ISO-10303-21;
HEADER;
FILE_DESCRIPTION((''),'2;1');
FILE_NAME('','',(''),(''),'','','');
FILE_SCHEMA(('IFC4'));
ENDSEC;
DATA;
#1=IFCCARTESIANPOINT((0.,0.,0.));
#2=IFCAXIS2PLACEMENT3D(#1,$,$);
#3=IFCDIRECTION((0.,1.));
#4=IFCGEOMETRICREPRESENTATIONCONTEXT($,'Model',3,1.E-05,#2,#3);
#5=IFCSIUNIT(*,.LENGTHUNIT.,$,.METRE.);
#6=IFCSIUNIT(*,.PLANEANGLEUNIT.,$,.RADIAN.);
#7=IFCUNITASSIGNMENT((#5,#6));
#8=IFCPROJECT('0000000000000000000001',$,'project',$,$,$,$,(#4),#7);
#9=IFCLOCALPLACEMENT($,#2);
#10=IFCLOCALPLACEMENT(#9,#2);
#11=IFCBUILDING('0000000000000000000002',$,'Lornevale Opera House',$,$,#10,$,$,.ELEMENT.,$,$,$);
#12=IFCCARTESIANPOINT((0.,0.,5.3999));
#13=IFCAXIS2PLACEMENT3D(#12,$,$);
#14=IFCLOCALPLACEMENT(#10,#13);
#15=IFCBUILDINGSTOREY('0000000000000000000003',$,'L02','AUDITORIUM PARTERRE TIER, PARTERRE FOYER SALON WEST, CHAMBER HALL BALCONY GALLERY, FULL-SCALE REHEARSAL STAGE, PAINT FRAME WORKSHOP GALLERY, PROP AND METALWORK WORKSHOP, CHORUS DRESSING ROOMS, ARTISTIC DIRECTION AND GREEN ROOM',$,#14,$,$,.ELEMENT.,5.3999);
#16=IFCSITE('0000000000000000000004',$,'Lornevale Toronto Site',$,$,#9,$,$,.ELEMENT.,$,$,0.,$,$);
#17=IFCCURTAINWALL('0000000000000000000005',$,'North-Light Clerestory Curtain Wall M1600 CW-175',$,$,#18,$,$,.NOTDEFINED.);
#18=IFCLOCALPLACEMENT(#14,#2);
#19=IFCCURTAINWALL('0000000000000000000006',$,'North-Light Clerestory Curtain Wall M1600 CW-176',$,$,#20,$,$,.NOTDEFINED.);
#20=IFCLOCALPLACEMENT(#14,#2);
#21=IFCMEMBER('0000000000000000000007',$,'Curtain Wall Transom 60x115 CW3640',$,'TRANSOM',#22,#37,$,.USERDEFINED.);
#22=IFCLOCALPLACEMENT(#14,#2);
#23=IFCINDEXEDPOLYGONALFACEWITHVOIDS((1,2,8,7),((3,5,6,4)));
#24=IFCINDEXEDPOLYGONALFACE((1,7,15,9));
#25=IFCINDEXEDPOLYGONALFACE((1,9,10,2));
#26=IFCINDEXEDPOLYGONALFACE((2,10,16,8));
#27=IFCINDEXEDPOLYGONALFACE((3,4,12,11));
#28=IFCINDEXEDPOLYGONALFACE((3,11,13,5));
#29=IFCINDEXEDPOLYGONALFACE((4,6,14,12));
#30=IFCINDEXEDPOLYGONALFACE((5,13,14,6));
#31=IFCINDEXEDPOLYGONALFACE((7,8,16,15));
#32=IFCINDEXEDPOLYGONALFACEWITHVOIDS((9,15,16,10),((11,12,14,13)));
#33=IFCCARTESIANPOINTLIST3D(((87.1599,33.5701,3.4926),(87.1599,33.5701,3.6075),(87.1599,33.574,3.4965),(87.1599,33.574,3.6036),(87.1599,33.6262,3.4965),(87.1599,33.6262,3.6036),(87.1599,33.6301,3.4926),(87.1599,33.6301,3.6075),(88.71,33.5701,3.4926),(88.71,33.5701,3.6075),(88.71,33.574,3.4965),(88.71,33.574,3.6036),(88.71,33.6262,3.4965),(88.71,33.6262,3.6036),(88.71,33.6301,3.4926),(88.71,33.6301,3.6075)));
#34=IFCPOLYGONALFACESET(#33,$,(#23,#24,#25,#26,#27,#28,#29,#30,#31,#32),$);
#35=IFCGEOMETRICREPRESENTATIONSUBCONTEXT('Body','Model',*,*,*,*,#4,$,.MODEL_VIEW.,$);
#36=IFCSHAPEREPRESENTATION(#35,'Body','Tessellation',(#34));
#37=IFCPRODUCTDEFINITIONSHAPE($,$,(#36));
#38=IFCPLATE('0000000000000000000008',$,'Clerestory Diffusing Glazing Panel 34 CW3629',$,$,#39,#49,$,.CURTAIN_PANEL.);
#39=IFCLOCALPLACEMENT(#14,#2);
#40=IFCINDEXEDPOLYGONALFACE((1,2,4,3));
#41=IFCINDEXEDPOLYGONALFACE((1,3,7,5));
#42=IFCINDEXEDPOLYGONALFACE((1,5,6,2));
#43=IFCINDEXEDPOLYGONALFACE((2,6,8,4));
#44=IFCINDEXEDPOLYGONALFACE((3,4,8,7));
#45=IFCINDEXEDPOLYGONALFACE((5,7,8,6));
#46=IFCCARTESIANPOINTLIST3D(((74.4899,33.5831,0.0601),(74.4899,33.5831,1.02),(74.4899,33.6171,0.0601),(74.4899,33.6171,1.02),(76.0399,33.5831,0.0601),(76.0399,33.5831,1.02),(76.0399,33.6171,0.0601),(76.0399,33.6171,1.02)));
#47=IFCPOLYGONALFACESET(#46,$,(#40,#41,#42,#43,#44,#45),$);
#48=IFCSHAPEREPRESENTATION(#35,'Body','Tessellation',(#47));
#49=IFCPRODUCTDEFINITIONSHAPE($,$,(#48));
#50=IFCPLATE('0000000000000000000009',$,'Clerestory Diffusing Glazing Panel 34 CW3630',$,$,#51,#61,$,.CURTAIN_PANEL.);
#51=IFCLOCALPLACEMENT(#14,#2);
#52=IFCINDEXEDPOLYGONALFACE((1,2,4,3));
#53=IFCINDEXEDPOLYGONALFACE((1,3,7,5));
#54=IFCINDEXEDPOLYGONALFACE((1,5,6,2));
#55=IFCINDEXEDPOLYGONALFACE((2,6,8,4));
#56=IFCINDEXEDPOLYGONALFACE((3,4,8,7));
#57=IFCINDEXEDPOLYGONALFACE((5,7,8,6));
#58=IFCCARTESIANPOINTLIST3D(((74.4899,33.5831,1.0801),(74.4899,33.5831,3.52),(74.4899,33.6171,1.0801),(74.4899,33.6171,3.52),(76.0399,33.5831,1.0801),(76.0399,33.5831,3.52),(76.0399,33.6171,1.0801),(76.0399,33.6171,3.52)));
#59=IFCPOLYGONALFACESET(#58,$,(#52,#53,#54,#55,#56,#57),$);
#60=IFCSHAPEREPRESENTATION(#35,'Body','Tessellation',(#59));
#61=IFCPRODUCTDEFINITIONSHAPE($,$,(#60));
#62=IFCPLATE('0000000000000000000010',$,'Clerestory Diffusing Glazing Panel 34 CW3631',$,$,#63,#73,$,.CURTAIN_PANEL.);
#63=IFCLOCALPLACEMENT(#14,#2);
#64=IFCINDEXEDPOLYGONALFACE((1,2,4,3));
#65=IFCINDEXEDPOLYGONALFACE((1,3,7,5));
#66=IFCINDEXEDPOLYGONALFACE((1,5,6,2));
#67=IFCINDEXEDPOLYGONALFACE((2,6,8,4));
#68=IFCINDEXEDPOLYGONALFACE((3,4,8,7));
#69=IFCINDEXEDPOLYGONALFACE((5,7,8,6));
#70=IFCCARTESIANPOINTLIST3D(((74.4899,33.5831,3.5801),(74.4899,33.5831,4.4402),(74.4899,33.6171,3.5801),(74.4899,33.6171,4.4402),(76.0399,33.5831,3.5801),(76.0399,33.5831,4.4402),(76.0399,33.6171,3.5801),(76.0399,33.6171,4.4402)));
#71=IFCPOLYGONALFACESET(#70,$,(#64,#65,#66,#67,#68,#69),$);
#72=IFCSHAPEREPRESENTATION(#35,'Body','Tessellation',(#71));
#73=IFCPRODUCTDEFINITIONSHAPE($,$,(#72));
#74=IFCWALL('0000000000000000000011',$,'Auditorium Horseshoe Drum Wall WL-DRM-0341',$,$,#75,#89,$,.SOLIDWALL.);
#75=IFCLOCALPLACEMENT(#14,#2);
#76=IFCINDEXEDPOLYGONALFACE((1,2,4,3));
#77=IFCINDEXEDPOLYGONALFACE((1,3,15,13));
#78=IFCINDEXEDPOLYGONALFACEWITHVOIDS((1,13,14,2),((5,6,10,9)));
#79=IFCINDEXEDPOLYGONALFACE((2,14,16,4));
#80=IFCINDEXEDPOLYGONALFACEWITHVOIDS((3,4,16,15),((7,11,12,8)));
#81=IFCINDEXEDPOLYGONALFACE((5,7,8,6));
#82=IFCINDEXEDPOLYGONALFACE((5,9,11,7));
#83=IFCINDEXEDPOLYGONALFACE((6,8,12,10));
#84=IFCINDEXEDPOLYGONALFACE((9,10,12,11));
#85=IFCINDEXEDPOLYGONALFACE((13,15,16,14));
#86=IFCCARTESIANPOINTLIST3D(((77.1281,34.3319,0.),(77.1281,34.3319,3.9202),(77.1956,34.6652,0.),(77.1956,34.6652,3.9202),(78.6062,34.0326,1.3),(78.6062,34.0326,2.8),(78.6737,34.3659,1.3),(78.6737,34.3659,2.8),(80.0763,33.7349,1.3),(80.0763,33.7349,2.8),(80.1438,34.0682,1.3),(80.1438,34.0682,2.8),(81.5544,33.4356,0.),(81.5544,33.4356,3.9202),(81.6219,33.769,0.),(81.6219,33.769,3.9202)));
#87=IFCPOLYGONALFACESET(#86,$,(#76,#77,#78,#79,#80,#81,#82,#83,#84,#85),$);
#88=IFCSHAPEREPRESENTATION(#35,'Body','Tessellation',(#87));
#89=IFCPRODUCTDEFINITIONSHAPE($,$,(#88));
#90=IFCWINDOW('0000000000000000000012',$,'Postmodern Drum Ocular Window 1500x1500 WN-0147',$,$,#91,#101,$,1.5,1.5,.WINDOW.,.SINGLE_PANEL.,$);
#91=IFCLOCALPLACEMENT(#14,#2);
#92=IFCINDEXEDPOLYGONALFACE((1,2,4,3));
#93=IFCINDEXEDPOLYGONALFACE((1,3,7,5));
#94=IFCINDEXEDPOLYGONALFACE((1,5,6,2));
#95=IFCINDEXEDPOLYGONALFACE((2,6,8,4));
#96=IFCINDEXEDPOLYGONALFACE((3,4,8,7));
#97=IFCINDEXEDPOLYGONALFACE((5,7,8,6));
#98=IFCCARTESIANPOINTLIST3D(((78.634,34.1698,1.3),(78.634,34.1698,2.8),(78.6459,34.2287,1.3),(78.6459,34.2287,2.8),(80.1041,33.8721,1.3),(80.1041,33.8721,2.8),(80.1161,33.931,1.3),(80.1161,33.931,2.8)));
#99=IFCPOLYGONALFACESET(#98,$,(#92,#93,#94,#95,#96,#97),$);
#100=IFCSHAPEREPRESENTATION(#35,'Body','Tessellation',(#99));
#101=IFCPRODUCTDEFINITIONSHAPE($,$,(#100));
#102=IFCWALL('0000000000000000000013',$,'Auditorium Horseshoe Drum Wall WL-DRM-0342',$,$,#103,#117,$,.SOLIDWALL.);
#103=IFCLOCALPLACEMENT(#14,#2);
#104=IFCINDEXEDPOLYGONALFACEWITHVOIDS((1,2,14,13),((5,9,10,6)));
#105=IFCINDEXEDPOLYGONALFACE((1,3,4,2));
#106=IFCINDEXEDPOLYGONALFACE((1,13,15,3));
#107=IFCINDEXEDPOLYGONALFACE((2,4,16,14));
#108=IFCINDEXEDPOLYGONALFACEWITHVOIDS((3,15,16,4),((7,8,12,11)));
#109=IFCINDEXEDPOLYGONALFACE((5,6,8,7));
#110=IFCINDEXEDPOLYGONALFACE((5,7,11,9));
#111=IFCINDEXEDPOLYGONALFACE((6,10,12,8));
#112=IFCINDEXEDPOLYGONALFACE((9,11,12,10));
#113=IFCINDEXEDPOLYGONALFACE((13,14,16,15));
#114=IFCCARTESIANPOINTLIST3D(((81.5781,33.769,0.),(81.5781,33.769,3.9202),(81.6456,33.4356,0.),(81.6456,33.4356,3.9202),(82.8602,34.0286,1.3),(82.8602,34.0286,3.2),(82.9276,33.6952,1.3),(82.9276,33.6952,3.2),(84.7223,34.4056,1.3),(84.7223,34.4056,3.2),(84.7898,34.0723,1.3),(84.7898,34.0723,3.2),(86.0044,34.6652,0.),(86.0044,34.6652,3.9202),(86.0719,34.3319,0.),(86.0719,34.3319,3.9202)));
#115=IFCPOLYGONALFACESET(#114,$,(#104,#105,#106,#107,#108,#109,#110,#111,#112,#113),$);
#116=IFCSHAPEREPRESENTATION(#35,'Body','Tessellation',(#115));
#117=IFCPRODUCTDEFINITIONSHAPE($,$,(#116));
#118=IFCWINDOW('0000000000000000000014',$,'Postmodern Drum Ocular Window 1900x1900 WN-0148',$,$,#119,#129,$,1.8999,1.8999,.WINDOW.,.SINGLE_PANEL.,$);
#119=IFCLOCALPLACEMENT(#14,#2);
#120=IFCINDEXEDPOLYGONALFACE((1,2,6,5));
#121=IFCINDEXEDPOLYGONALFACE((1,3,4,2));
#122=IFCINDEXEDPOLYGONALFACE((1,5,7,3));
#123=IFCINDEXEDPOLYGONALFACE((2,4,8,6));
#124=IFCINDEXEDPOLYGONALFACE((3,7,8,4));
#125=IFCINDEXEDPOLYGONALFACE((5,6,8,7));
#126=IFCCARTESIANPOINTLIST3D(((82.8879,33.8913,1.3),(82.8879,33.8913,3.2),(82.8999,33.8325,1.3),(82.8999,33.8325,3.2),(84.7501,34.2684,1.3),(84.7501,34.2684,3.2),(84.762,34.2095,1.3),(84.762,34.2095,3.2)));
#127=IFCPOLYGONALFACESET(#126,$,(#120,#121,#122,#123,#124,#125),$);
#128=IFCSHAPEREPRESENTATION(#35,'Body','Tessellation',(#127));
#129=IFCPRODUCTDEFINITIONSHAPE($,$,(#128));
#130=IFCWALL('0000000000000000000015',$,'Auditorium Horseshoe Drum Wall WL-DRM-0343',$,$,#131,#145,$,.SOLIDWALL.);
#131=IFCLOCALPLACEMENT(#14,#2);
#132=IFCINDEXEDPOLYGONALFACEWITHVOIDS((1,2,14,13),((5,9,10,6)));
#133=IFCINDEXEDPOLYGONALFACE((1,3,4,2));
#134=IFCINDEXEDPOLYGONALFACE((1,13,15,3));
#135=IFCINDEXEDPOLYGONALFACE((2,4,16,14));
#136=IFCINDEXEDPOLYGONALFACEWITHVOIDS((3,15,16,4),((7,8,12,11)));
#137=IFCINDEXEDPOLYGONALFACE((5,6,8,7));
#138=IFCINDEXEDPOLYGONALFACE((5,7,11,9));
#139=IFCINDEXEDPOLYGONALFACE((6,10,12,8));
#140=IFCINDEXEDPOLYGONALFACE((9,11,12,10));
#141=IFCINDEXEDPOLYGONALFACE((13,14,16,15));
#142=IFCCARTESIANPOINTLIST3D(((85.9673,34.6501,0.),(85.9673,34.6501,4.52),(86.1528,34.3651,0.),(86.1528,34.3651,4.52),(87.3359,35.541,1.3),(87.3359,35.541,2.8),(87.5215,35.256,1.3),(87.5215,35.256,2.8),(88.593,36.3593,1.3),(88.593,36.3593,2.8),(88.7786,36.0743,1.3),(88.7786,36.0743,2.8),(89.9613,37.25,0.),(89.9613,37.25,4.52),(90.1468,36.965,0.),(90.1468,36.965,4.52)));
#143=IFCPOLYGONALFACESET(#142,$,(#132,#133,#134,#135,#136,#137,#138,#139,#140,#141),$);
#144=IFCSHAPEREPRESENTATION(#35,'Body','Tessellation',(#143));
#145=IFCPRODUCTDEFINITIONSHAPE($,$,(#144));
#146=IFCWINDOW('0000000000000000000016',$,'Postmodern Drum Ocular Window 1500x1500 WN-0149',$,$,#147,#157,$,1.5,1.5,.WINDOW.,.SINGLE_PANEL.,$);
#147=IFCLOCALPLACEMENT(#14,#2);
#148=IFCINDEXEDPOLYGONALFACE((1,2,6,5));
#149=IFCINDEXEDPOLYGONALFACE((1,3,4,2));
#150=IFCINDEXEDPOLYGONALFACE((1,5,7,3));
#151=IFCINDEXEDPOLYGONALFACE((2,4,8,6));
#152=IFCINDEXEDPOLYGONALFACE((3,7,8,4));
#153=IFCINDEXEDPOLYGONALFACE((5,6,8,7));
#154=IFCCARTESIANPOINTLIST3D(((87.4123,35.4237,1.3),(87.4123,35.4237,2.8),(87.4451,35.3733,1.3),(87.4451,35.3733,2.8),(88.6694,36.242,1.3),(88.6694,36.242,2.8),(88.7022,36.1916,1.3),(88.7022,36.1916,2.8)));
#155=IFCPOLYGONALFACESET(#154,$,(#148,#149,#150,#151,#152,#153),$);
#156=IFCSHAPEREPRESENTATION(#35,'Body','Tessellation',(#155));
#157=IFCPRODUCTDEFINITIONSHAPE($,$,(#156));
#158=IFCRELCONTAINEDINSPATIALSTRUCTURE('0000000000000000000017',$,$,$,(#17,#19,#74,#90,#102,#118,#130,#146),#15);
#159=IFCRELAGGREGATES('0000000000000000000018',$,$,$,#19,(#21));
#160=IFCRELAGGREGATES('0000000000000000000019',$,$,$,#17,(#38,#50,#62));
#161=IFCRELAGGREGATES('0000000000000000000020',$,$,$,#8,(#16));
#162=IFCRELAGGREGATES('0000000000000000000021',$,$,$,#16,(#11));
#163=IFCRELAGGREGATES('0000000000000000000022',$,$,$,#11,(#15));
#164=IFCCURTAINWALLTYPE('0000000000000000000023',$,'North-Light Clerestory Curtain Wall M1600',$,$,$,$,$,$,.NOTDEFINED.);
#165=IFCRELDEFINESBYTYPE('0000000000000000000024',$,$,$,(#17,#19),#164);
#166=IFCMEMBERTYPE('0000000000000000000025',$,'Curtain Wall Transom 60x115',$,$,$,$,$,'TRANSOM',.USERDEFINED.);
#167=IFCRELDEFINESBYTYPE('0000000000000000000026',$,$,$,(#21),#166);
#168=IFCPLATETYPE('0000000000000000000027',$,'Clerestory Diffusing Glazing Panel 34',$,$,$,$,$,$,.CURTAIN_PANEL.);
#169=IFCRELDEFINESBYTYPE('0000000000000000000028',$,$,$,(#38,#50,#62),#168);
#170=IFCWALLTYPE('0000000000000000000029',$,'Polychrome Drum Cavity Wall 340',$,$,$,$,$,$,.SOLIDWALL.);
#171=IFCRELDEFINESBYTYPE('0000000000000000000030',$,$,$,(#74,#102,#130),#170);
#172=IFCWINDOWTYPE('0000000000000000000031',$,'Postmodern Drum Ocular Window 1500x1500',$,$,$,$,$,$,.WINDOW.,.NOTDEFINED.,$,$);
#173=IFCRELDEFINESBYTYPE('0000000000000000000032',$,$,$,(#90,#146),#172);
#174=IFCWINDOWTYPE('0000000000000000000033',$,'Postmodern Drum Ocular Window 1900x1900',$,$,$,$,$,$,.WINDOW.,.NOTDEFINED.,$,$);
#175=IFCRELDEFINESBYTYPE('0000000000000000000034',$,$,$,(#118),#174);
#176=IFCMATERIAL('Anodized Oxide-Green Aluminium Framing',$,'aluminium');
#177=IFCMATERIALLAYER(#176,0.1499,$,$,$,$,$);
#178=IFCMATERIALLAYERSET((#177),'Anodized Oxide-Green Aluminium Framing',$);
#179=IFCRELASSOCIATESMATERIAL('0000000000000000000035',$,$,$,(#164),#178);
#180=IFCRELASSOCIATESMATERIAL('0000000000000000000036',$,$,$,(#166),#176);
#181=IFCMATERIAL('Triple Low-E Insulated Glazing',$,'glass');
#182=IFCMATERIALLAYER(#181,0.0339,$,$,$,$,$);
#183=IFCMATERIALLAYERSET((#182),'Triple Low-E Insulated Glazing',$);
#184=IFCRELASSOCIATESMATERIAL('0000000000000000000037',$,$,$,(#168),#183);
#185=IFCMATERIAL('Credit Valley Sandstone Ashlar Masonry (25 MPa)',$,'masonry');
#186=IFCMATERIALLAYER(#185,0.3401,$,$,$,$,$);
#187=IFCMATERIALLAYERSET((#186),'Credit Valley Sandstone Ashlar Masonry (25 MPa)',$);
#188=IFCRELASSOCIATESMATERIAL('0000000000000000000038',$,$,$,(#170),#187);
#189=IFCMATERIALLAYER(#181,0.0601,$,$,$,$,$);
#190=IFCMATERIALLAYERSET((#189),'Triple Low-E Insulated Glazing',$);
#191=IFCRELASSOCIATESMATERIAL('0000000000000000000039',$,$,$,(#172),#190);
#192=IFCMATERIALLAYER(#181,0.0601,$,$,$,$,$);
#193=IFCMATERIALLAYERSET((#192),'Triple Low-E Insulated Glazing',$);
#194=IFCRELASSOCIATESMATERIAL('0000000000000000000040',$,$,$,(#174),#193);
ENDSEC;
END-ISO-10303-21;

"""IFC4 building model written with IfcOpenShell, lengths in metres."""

from ifc_helpers import new_model, si_unit, direction, frame, frame_2d, origin, origin_2d, place, context, subcontext, project, spatial, rectangle, hollow_rectangle, extrude, material, layer, layer_set, material_profile, profile_set, type_object, element, fill, aggregate, save


model = new_model("IFC4")

# Units and contexts
model_context = context("Model", 3, precision=1e-05, world=origin(), true_north=direction((0.0, 1.0)))
body_context = subcontext(model_context, "Body", "Model", "MODEL_VIEW")
ifc_project = project(units=[si_unit("LENGTHUNIT", "METRE"), si_unit("PLANEANGLEUNIT", "RADIAN")], contexts=[model_context])

# Site, building, storey
site_placement = place(None, origin())
site = spatial("IfcSite", under=ifc_project, at=site_placement, Name="Lornevale Toronto Site", CompositionType="ELEMENT", RefElevation=0.0)
building_placement = place(site_placement, origin())
building = spatial("IfcBuilding", under=site, at=building_placement, Name="Lornevale Opera House", CompositionType="ELEMENT")
storey_placement = place(building_placement, frame((0.0, 0.0, 5.3999)))
storey = spatial("IfcBuildingStorey", under=building, at=storey_placement, Name="L02", Description="AUDITORIUM PARTERRE TIER, PARTERRE FOYER SALON WEST, CHAMBER HALL BALCONY GALLERY, FULL-SCALE REHEARSAL STAGE, PAINT FRAME WORKSHOP GALLERY, PROP AND METALWORK WORKSHOP, CHORUS DRESSING ROOMS, ARTISTIC DIRECTION AND GREEN ROOM", CompositionType="ELEMENT", Elevation=5.3999)

# Curtain walls
ifc_material_1 = material(Name="Anodized Oxide-Green Aluminium Framing", Category="aluminium")
ifc_layer_1 = layer(ifc_material_1, 0.1499)
ifc_layer_set_1 = layer_set([ifc_layer_1], Name="Anodized Oxide-Green Aluminium Framing")
curtain_wall_type = type_object("IfcCurtainWallType", Name="North-Light Clerestory Curtain Wall M1600", PredefinedType="NOTDEFINED", material=ifc_layer_set_1)
curtain_wall_1_placement = place(storey_placement, origin())
curtain_wall_1 = element("IfcCurtainWall", 1, at=curtain_wall_1_placement, inside=storey, type_object=curtain_wall_type, Name="North-Light Clerestory Curtain Wall M1600 CW-175", PredefinedType="NOTDEFINED")
curtain_wall_2_placement = place(storey_placement, origin())
curtain_wall_2 = element("IfcCurtainWall", 2, at=curtain_wall_2_placement, inside=storey, type_object=curtain_wall_type, Name="North-Light Clerestory Curtain Wall M1600 CW-176", PredefinedType="NOTDEFINED")

# Member
ifc_material_profile_1 = material_profile(ifc_material_1, hollow_rectangle(XDim=0.0601, YDim=0.115, WallThickness=0.0039, at=origin_2d()), Name="ALU60x115x4")
ifc_profile_set_1 = profile_set([ifc_material_profile_1], Name="Anodized Oxide-Green Aluminium Framing")
member_type_1 = type_object("IfcMemberType", Name="Curtain Wall Transom 60x115", ElementType="TRANSOM", PredefinedType="USERDEFINED", material=ifc_profile_set_1)
member_1_placement = place(storey_placement, frame((87.1599, 33.6001, 3.55), z_axis=(1.0, 0.0, 0.0), x_axis=(0.0, 1.0, 0.0)))
member_1 = element("IfcMember", 3, at=member_1_placement, type_object=member_type_1, Name="Curtain Wall Transom 60x115 CW3640", ObjectType="TRANSOM", PredefinedType="USERDEFINED", context=body_context, shape_type="SweptSolid", body=[
    extrude(hollow_rectangle(XDim=0.0601, YDim=0.115, WallThickness=0.0039, at=origin_2d()), origin(), (0.0, 0.0, 1.0), 1.55),
])
aggregate(curtain_wall_2, [member_1])

# Plates
ifc_material_2 = material(Name="Triple Low-E Insulated Glazing", Category="glass")
ifc_layer_2 = layer(ifc_material_2, 0.0339)
ifc_layer_set_2 = layer_set([ifc_layer_2], Name="Triple Low-E Insulated Glazing")
plate_type = type_object("IfcPlateType", Name="Clerestory Diffusing Glazing Panel 34", PredefinedType="CURTAIN_PANEL", material=ifc_layer_set_2)
plate_1_placement = place(storey_placement, frame((75.2649, 33.6001, 0.0601), z_axis=(0.0, 0.0, 1.0), x_axis=(1.0, 0.0, 0.0)))
plate_1 = element("IfcPlate", 4, at=plate_1_placement, type_object=plate_type, Name="Clerestory Diffusing Glazing Panel 34 CW3629", PredefinedType="CURTAIN_PANEL", context=body_context, shape_type="SweptSolid", body=[
    extrude(rectangle(XDim=1.55, YDim=0.0339, at=origin_2d()), origin(), (0.0, 0.0, 1.0), 0.96),
])
plate_2_placement = place(storey_placement, frame((75.2649, 33.6001, 1.0801), z_axis=(0.0, 0.0, 1.0), x_axis=(1.0, 0.0, 0.0)))
plate_2 = element("IfcPlate", 5, at=plate_2_placement, type_object=plate_type, Name="Clerestory Diffusing Glazing Panel 34 CW3630", PredefinedType="CURTAIN_PANEL", context=body_context, shape_type="SweptSolid", body=[
    extrude(rectangle(XDim=1.55, YDim=0.0339, at=origin_2d()), origin(), (0.0, 0.0, 1.0), 2.4399),
])
plate_3_placement = place(storey_placement, frame((75.2649, 33.6001, 3.5801), z_axis=(0.0, 0.0, 1.0), x_axis=(1.0, 0.0, 0.0)))
plate_3 = element("IfcPlate", 6, at=plate_3_placement, type_object=plate_type, Name="Clerestory Diffusing Glazing Panel 34 CW3631", PredefinedType="CURTAIN_PANEL", context=body_context, shape_type="SweptSolid", body=[
    extrude(rectangle(XDim=1.55, YDim=0.0339, at=origin_2d()), origin(), (0.0, 0.0, 1.0), 0.8601),
])
aggregate(curtain_wall_1, [plate_1, plate_2, plate_3])

# Walls, openings, windows
ifc_material_3 = material(Name="Credit Valley Sandstone Ashlar Masonry (25 MPa)", Category="masonry")
ifc_layer_3 = layer(ifc_material_3, 0.3401)
ifc_layer_set_3 = layer_set([ifc_layer_3], Name="Credit Valley Sandstone Ashlar Masonry (25 MPa)")
wall_type = type_object("IfcWallType", Name="Polychrome Drum Cavity Wall 340", PredefinedType="SOLIDWALL", material=ifc_layer_set_3)
wall_1_placement = place(storey_placement, frame((77.1619, 34.4985, 0.0), z_axis=(0.0, 0.0, 1.0), x_axis=(0.98011, -0.198455, 0.0)))
wall_1 = element("IfcWall", 7, at=wall_1_placement, inside=storey, type_object=wall_type, Name="Auditorium Horseshoe Drum Wall WL-DRM-0341", PredefinedType="SOLIDWALL", context=body_context, shape_type="SweptSolid", body=[
    extrude(rectangle(XDim=4.5161, YDim=0.3401, at=frame_2d((2.2581, 0.0))), origin(), (0.0, 0.0, 1.0), 3.9202),
])
opening_1_placement = place(wall_1_placement, frame((1.5081, 0.0, 1.3)))
opening_1 = element("IfcOpeningElement", 8, at=opening_1_placement, cuts=wall_1, PredefinedType="OPENING", context=body_context, shape_type="SweptSolid", body=[
    extrude(rectangle(XDim=1.5, YDim=1.5, at=frame_2d((0.75, 0.75))), frame((0.0, 0.1799, 0.0), z_axis=(0.0, -1.0, 0.0), x_axis=(1.0, 0.0, 0.0)), (0.0, 0.0, 1.0), 0.3601),
])
ifc_layer_4 = layer(ifc_material_2, 0.0601)
ifc_layer_set_4 = layer_set([ifc_layer_4], Name="Triple Low-E Insulated Glazing")
window_type_1 = type_object("IfcWindowType", Name="Postmodern Drum Ocular Window 1500x1500", PartitioningType="NOTDEFINED", PredefinedType="WINDOW", material=ifc_layer_set_4)
window_1_placement = place(opening_1_placement, origin())
window_1 = element("IfcWindow", 9, at=window_1_placement, inside=storey, type_object=window_type_1, Name="Postmodern Drum Ocular Window 1500x1500 WN-0147", OverallHeight=1.5, OverallWidth=1.5, PartitioningType="SINGLE_PANEL", PredefinedType="WINDOW", context=body_context, shape_type="SweptSolid", body=[
    extrude(rectangle(XDim=1.5, YDim=1.5, at=frame_2d((0.75, 0.75))), frame((0.0, 0.03, 0.0), z_axis=(0.0, -1.0, 0.0), x_axis=(1.0, 0.0, 0.0)), (0.0, 0.0, 1.0), 0.0601),
])
fill(opening_1, window_1)
wall_2_placement = place(storey_placement, frame((81.6118, 33.6023, 0.0), z_axis=(0.0, 0.0, 1.0), x_axis=(0.98011, 0.198455, 0.0)))
wall_2 = element("IfcWall", 10, at=wall_2_placement, inside=storey, type_object=wall_type, Name="Auditorium Horseshoe Drum Wall WL-DRM-0342", PredefinedType="SOLIDWALL", context=body_context, shape_type="SweptSolid", body=[
    extrude(rectangle(XDim=4.5161, YDim=0.3401, at=frame_2d((2.2581, 0.0))), origin(), (0.0, 0.0, 1.0), 3.9202),
])
opening_2_placement = place(wall_2_placement, frame((1.3081, 0.0, 1.3)))
opening_2 = element("IfcOpeningElement", 11, at=opening_2_placement, cuts=wall_2, PredefinedType="OPENING", context=body_context, shape_type="SweptSolid", body=[
    extrude(rectangle(XDim=1.8999, YDim=1.8999, at=frame_2d((0.95, 0.95))), frame((0.0, 0.1799, 0.0), z_axis=(0.0, -1.0, 0.0), x_axis=(1.0, 0.0, 0.0)), (0.0, 0.0, 1.0), 0.3601),
])
ifc_layer_5 = layer(ifc_material_2, 0.0601)
ifc_layer_set_5 = layer_set([ifc_layer_5], Name="Triple Low-E Insulated Glazing")
window_type_2 = type_object("IfcWindowType", Name="Postmodern Drum Ocular Window 1900x1900", PartitioningType="NOTDEFINED", PredefinedType="WINDOW", material=ifc_layer_set_5)
window_2_placement = place(opening_2_placement, origin())
window_2 = element("IfcWindow", 12, at=window_2_placement, inside=storey, type_object=window_type_2, Name="Postmodern Drum Ocular Window 1900x1900 WN-0148", OverallHeight=1.8999, OverallWidth=1.8999, PartitioningType="SINGLE_PANEL", PredefinedType="WINDOW", context=body_context, shape_type="SweptSolid", body=[
    extrude(rectangle(XDim=1.8999, YDim=1.8999, at=frame_2d((0.95, 0.95))), frame((0.0, 0.03, 0.0), z_axis=(0.0, -1.0, 0.0), x_axis=(1.0, 0.0, 0.0)), (0.0, 0.0, 1.0), 0.0601),
])
fill(opening_2, window_2)
wall_3_placement = place(storey_placement, frame((86.0601, 34.5076, 0.0), z_axis=(0.0, 0.0, 1.0), x_axis=(0.838077, 0.545552, 0.0)))
wall_3 = element("IfcWall", 13, at=wall_3_placement, inside=storey, type_object=wall_type, Name="Auditorium Horseshoe Drum Wall WL-DRM-0343", PredefinedType="SOLIDWALL", context=body_context, shape_type="SweptSolid", body=[
    extrude(rectangle(XDim=4.7656, YDim=0.3401, at=frame_2d((2.3828, 0.0))), origin(), (0.0, 0.0, 1.0), 4.52),
])
opening_3_placement = place(wall_3_placement, frame((1.6331, 0.0, 1.3)))
opening_3 = element("IfcOpeningElement", 14, at=opening_3_placement, cuts=wall_3, PredefinedType="OPENING", context=body_context, shape_type="SweptSolid", body=[
    extrude(rectangle(XDim=1.5, YDim=1.5, at=frame_2d((0.75, 0.75))), frame((0.0, 0.1799, 0.0), z_axis=(0.0, -1.0, 0.0), x_axis=(1.0, 0.0, 0.0)), (0.0, 0.0, 1.0), 0.3601),
])
window_3_placement = place(opening_3_placement, origin())
window_3 = element("IfcWindow", 15, at=window_3_placement, inside=storey, type_object=window_type_1, Name="Postmodern Drum Ocular Window 1500x1500 WN-0149", OverallHeight=1.5, OverallWidth=1.5, PartitioningType="SINGLE_PANEL", PredefinedType="WINDOW", context=body_context, shape_type="SweptSolid", body=[
    extrude(rectangle(XDim=1.5, YDim=1.5, at=frame_2d((0.75, 0.75))), frame((0.0, 0.03, 0.0), z_axis=(0.0, -1.0, 0.0), x_axis=(1.0, 0.0, 0.0)), (0.0, 0.0, 1.0), 0.0601),
])
fill(opening_3, window_3)

save(model, "model.ifc")
